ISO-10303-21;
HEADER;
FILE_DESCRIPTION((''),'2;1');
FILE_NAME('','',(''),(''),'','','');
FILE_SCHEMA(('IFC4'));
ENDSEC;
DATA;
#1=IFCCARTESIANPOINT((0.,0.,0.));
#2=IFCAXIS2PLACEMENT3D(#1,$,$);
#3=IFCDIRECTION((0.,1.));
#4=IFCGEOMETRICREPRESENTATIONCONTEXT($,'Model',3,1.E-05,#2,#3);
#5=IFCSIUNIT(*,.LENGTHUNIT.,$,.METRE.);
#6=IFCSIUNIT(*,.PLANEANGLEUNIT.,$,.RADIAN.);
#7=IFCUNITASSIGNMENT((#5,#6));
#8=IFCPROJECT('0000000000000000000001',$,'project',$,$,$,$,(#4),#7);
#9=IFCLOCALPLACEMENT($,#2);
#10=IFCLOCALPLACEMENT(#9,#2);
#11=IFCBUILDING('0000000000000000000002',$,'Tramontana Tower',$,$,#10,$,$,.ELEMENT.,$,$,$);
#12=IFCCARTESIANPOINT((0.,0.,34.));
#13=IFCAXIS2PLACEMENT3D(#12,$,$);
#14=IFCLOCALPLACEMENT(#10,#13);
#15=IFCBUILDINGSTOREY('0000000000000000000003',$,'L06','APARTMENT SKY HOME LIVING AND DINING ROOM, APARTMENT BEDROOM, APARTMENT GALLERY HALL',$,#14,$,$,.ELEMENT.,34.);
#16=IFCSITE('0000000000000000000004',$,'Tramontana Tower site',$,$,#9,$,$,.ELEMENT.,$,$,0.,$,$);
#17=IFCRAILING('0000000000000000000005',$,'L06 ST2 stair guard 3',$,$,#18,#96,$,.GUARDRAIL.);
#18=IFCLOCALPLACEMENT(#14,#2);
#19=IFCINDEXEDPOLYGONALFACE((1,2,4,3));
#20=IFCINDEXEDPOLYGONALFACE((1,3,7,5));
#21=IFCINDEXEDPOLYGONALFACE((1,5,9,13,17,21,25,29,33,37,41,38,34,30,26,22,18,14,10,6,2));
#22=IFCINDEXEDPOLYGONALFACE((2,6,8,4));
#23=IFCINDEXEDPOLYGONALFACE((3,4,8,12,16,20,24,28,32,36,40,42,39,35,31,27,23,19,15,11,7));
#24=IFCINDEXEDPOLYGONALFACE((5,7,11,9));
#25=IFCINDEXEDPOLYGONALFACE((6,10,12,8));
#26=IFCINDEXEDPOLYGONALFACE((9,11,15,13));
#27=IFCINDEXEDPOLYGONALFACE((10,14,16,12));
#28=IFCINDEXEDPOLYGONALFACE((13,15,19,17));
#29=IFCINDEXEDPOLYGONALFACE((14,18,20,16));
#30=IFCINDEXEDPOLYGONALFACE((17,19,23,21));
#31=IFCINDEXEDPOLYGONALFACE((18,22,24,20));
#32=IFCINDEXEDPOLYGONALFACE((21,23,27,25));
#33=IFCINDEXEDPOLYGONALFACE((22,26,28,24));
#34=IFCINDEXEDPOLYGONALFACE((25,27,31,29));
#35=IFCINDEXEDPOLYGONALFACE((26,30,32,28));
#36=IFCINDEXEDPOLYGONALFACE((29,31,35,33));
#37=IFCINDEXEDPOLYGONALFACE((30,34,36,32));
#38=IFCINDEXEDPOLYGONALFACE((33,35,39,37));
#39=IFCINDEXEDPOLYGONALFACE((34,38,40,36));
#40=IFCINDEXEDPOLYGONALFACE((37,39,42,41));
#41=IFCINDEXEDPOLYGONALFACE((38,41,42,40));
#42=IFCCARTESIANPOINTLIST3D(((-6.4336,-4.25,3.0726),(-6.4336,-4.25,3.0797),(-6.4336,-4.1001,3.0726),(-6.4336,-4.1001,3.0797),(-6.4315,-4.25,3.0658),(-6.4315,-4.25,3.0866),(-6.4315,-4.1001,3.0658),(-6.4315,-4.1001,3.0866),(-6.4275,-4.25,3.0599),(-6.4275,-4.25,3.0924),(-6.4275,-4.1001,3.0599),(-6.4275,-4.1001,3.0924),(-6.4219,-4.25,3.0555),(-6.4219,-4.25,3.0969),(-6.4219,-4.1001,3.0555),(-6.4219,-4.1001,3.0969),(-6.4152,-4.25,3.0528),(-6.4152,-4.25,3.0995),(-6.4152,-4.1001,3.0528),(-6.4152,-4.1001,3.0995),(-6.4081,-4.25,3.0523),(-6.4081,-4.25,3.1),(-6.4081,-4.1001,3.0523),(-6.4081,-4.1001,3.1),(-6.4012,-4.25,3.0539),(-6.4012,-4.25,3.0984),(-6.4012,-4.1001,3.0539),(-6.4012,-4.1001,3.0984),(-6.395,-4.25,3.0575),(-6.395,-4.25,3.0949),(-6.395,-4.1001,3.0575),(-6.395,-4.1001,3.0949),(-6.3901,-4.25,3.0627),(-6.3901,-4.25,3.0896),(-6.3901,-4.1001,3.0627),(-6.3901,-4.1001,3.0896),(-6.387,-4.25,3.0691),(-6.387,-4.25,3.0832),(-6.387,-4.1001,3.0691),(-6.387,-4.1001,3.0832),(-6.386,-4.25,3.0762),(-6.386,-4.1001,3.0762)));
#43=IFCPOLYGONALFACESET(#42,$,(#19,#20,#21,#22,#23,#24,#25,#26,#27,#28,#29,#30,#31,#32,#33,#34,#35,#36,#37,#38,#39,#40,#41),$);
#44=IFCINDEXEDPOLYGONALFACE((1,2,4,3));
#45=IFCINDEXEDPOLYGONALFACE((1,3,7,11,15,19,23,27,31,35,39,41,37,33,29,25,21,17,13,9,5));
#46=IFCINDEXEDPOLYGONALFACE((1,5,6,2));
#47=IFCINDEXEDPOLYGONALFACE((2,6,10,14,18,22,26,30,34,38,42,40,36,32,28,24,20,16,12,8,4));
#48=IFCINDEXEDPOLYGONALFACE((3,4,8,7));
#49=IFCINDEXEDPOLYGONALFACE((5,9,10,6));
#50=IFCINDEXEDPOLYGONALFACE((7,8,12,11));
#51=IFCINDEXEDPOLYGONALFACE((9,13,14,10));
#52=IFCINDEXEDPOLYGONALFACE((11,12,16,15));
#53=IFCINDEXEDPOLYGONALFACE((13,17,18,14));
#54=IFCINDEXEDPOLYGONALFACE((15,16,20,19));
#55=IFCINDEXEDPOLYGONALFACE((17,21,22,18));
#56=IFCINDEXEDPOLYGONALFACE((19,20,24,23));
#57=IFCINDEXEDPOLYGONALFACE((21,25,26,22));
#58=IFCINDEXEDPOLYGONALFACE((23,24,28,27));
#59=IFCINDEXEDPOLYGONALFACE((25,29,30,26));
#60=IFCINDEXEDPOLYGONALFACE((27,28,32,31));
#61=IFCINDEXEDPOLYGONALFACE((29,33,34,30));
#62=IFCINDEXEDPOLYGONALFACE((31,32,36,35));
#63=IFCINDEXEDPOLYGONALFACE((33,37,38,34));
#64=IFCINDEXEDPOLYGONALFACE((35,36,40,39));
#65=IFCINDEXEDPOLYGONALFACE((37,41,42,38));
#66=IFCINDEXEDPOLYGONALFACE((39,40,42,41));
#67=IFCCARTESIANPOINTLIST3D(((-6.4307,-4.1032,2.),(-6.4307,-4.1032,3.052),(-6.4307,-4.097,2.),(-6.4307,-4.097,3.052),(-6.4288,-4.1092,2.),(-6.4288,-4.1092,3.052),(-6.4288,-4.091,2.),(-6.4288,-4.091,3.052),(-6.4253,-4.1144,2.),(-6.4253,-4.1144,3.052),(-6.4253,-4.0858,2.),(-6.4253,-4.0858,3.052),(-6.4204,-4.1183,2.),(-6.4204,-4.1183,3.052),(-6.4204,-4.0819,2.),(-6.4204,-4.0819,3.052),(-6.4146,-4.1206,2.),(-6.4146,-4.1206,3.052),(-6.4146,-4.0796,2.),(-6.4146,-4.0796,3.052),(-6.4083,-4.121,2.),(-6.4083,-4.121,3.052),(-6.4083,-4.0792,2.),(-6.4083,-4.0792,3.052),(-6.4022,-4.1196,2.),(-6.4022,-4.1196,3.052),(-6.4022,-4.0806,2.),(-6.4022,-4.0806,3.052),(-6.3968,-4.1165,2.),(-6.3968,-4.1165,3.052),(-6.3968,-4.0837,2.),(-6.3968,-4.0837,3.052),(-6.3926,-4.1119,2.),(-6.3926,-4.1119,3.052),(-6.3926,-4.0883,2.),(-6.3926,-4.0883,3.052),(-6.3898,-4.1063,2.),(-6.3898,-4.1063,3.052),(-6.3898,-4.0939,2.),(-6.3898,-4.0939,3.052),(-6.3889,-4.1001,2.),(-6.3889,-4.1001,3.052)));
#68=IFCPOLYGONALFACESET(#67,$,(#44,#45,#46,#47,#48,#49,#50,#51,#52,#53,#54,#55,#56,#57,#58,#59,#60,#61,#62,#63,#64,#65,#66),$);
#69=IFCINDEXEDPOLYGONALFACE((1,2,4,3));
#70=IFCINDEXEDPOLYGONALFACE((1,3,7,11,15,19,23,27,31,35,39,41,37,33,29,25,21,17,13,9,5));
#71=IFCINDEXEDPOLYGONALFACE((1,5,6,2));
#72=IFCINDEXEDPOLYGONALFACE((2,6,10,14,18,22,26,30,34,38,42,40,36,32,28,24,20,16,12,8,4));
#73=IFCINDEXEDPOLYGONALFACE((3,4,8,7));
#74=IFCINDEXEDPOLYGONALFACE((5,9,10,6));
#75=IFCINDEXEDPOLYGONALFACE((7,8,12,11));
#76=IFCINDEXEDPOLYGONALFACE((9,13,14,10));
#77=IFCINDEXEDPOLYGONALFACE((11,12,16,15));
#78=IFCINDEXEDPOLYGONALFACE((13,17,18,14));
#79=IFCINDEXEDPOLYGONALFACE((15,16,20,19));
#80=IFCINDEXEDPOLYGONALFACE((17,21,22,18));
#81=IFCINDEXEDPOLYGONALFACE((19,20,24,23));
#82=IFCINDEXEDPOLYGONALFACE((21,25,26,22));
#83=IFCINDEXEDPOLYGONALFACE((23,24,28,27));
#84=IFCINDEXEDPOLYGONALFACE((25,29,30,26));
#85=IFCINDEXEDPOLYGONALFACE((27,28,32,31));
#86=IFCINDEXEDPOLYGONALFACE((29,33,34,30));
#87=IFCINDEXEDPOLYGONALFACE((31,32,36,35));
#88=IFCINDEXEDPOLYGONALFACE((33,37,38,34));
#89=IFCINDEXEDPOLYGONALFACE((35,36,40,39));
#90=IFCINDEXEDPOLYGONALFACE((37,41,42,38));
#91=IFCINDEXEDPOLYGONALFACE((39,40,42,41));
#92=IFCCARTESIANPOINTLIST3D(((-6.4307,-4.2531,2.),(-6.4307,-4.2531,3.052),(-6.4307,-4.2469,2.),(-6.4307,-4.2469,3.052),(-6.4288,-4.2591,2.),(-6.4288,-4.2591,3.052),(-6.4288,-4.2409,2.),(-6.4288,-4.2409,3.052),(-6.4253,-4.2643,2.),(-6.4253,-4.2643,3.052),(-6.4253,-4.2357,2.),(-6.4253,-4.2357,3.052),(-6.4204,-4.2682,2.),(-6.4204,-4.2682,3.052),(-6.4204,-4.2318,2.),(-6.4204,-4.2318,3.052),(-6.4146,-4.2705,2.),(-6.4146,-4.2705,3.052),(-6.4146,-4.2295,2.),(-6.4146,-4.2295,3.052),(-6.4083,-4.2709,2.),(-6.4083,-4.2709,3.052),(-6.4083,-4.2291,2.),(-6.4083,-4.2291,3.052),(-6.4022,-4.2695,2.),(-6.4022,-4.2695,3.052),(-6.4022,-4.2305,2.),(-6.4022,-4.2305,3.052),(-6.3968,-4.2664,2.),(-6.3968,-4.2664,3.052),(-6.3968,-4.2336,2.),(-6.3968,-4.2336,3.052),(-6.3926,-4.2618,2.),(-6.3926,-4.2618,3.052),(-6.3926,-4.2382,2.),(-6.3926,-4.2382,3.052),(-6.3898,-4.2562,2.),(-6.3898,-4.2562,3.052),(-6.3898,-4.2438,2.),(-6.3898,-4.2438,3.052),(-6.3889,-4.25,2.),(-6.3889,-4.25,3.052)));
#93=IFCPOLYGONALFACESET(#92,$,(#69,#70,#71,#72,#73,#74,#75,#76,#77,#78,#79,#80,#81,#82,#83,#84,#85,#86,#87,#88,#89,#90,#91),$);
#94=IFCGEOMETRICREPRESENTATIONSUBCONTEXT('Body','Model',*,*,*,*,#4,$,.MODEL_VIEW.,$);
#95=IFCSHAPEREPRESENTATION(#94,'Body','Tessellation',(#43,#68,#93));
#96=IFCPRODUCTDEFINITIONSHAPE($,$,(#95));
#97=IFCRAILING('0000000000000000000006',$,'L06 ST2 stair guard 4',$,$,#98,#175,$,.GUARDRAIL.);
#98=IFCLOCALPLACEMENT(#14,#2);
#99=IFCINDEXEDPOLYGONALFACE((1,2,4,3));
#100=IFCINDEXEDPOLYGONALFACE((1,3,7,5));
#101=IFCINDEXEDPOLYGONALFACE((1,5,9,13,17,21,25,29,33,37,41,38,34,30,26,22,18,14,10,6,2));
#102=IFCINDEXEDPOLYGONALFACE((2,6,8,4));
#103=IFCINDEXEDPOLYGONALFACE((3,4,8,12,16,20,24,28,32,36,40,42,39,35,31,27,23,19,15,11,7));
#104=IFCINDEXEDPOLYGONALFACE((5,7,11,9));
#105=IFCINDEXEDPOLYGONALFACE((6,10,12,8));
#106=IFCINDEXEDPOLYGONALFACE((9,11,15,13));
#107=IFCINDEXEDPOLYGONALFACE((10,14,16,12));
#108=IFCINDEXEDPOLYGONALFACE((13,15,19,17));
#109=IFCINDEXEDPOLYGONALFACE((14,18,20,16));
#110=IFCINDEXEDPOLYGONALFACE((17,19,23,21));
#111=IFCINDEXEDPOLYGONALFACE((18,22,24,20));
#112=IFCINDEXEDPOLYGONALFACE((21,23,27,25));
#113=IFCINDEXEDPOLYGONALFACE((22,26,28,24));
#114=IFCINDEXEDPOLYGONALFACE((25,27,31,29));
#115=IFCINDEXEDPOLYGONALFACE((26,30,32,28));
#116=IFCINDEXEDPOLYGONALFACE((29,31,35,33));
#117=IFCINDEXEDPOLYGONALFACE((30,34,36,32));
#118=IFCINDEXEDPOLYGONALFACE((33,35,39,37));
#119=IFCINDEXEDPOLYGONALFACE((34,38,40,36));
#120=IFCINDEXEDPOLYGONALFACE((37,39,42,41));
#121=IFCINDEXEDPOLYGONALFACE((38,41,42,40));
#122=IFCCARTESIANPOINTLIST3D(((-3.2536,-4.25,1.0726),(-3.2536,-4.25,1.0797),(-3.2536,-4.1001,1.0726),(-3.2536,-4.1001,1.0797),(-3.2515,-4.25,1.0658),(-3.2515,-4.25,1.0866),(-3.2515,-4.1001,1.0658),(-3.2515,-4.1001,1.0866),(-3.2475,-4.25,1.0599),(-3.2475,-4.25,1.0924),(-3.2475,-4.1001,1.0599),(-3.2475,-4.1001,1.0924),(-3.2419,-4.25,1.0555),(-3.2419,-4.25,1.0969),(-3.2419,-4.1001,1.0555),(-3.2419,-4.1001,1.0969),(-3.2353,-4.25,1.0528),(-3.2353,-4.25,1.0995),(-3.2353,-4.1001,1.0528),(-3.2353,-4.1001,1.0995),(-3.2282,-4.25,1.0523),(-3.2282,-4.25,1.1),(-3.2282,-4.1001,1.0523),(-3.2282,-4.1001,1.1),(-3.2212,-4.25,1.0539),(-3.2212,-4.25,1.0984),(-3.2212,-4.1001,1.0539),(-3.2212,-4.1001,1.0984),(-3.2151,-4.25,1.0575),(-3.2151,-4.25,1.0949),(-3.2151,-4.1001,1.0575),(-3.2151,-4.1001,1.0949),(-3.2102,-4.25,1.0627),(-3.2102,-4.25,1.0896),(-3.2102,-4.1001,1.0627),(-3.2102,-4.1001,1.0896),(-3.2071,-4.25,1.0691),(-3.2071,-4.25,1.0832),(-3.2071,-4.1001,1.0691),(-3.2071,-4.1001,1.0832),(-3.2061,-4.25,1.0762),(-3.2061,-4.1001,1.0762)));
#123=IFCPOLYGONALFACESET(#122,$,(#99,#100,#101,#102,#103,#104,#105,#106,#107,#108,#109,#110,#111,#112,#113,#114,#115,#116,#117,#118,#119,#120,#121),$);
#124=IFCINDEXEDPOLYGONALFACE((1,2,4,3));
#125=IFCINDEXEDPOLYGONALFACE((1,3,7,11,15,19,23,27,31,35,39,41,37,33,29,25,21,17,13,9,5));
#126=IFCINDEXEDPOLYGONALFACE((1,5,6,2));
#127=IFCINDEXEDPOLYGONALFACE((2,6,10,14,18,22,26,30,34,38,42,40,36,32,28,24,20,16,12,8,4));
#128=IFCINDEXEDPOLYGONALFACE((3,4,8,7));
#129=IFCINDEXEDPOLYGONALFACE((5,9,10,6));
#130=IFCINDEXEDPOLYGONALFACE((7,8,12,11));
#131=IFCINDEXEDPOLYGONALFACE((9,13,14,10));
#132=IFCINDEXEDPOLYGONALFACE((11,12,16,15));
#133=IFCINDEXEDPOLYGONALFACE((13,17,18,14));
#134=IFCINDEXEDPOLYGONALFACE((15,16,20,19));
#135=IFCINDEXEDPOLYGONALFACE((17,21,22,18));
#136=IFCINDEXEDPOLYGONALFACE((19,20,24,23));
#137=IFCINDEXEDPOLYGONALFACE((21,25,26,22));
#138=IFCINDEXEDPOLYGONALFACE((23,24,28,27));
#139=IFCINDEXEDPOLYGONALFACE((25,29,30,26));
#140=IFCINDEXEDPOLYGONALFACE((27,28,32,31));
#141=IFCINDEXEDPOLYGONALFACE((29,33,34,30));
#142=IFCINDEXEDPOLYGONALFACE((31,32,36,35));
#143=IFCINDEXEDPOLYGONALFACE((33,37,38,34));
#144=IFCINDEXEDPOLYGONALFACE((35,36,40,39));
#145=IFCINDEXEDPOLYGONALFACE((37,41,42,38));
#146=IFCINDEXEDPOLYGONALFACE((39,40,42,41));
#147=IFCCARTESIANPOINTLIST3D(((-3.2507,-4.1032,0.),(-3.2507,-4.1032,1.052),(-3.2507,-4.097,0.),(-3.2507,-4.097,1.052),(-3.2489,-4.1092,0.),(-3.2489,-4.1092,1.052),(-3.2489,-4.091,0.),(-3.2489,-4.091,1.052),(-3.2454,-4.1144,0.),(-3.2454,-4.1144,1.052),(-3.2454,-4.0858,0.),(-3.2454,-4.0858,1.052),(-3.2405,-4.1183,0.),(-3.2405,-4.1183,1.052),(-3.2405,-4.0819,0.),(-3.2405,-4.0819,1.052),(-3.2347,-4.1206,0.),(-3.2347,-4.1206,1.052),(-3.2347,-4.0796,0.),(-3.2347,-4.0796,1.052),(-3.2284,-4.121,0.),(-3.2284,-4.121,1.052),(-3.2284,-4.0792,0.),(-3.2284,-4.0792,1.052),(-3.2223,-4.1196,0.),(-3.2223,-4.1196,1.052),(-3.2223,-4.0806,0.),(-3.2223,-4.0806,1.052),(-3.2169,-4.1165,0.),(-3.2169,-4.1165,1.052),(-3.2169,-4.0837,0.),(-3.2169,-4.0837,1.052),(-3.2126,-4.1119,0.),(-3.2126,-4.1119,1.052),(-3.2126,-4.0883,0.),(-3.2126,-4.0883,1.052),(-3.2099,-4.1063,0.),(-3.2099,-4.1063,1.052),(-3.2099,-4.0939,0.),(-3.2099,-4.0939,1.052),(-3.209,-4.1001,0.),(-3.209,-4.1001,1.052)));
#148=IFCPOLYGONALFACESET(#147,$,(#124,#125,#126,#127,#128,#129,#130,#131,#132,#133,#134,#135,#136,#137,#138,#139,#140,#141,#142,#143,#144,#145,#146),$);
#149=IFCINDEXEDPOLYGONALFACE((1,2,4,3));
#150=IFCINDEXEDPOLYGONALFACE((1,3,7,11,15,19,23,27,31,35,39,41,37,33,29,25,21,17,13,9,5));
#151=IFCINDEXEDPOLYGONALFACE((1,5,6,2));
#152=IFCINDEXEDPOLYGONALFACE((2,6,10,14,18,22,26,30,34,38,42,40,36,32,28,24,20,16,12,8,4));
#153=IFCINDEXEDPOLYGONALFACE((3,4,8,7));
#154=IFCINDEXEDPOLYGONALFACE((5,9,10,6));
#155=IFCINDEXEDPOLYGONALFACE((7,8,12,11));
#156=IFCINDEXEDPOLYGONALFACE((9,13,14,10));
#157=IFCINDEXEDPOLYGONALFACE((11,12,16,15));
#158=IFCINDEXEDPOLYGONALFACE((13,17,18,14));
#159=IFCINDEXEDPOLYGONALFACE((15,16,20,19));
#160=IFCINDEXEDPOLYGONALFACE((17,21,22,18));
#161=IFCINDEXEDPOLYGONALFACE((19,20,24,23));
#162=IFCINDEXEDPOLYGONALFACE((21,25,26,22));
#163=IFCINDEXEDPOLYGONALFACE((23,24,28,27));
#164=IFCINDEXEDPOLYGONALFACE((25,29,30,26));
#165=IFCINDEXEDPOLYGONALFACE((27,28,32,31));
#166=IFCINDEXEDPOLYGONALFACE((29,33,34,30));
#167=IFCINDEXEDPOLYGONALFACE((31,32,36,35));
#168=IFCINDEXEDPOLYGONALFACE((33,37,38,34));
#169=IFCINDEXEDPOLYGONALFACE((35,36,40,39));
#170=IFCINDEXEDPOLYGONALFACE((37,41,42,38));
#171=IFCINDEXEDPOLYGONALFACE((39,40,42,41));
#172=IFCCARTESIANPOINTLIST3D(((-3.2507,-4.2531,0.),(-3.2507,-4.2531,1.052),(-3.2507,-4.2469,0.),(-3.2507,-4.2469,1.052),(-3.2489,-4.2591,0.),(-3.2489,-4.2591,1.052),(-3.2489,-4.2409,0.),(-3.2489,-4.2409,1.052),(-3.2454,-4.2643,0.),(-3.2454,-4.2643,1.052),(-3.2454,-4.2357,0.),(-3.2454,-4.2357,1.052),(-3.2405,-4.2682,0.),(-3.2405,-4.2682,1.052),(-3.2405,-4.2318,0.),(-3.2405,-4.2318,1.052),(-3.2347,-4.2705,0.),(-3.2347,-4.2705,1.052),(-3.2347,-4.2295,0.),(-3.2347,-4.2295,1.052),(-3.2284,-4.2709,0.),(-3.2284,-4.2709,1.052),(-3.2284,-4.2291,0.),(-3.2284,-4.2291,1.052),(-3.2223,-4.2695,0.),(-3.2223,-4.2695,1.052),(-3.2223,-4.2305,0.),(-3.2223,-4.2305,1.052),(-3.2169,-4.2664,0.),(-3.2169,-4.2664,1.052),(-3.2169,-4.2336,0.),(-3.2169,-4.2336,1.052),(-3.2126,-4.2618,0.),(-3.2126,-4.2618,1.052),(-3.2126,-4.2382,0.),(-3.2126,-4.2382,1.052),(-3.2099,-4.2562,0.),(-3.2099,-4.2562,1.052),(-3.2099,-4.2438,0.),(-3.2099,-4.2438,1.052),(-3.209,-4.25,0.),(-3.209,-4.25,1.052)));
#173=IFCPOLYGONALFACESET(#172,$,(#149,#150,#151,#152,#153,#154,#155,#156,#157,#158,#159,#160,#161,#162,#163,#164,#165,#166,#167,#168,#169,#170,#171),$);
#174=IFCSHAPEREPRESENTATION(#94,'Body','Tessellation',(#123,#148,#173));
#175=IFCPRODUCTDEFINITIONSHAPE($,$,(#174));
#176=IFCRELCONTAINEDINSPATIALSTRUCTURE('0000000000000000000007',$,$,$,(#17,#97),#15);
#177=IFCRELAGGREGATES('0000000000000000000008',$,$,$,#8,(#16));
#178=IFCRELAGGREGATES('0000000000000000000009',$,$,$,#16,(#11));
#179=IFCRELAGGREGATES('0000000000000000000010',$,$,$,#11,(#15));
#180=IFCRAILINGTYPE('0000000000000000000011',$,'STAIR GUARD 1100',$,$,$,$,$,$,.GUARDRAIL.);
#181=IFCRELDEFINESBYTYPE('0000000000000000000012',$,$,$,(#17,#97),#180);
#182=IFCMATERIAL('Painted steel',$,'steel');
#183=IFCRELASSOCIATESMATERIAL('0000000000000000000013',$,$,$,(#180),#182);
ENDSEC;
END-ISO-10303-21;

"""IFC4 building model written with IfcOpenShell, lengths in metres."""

from ifc_helpers import new_model, si_unit, direction, frame, origin, origin_2d, place, context, subcontext, project, spatial, circle, extrude, material, type_object, element, save


model = new_model("IFC4")

# Units and contexts
model_context = context("Model", 3, precision=1e-05, world=origin(), true_north=direction((0.0, 1.0)))
body_context = subcontext(model_context, "Body", "Model", "MODEL_VIEW")
ifc_project = project(units=[si_unit("LENGTHUNIT", "METRE"), si_unit("PLANEANGLEUNIT", "RADIAN")], contexts=[model_context])

# Site, building, storey
site_placement = place(None, origin())
site = spatial("IfcSite", under=ifc_project, at=site_placement, Name="Tramontana Tower site", CompositionType="ELEMENT", RefElevation=0.0)
building_placement = place(site_placement, origin())
building = spatial("IfcBuilding", under=site, at=building_placement, Name="Tramontana Tower", CompositionType="ELEMENT")
storey_placement = place(building_placement, frame((0.0, 0.0, 34.0)))
storey = spatial("IfcBuildingStorey", under=building, at=storey_placement, Name="L06", Description="APARTMENT SKY HOME LIVING AND DINING ROOM, APARTMENT BEDROOM, APARTMENT GALLERY HALL", CompositionType="ELEMENT", Elevation=34.0)

# Railings
ifc_material_1 = material(Name="Painted steel", Category="steel")
railing_type_1 = type_object("IfcRailingType", Name="STAIR GUARD 1100", PredefinedType="GUARDRAIL", material=ifc_material_1)
for number, where, name in (
    (1, (-6.4099, -4.1001, 2.0), "L06 ST2 stair guard 3"),
    (2, (-3.23, -4.1001, 0.0), "L06 ST2 stair guard 4"),
):
    element("IfcRailing", number, at=place(storey_placement, frame(where)), inside=storey, type_object=railing_type_1, Name=name, PredefinedType="GUARDRAIL", context=body_context, shape_type="SweptSolid", body=[
        extrude(circle(Radius=0.0239, at=origin_2d()), frame((0.0, 0.0, 1.0762), z_axis=(0.0, -1.0, 0.0), x_axis=(1.0, 0.0, 0.0)), (0.0, 0.0, 1.0), 0.1499),
        extrude(circle(Radius=0.021, at=origin_2d()), origin(), (0.0, 0.0, 1.0), 1.052),
        extrude(circle(Radius=0.021, at=origin_2d()), frame((0.0, -0.1499, 0.0)), (0.0, 0.0, 1.0), 1.052),
    ])

save(model, "model.ifc")
